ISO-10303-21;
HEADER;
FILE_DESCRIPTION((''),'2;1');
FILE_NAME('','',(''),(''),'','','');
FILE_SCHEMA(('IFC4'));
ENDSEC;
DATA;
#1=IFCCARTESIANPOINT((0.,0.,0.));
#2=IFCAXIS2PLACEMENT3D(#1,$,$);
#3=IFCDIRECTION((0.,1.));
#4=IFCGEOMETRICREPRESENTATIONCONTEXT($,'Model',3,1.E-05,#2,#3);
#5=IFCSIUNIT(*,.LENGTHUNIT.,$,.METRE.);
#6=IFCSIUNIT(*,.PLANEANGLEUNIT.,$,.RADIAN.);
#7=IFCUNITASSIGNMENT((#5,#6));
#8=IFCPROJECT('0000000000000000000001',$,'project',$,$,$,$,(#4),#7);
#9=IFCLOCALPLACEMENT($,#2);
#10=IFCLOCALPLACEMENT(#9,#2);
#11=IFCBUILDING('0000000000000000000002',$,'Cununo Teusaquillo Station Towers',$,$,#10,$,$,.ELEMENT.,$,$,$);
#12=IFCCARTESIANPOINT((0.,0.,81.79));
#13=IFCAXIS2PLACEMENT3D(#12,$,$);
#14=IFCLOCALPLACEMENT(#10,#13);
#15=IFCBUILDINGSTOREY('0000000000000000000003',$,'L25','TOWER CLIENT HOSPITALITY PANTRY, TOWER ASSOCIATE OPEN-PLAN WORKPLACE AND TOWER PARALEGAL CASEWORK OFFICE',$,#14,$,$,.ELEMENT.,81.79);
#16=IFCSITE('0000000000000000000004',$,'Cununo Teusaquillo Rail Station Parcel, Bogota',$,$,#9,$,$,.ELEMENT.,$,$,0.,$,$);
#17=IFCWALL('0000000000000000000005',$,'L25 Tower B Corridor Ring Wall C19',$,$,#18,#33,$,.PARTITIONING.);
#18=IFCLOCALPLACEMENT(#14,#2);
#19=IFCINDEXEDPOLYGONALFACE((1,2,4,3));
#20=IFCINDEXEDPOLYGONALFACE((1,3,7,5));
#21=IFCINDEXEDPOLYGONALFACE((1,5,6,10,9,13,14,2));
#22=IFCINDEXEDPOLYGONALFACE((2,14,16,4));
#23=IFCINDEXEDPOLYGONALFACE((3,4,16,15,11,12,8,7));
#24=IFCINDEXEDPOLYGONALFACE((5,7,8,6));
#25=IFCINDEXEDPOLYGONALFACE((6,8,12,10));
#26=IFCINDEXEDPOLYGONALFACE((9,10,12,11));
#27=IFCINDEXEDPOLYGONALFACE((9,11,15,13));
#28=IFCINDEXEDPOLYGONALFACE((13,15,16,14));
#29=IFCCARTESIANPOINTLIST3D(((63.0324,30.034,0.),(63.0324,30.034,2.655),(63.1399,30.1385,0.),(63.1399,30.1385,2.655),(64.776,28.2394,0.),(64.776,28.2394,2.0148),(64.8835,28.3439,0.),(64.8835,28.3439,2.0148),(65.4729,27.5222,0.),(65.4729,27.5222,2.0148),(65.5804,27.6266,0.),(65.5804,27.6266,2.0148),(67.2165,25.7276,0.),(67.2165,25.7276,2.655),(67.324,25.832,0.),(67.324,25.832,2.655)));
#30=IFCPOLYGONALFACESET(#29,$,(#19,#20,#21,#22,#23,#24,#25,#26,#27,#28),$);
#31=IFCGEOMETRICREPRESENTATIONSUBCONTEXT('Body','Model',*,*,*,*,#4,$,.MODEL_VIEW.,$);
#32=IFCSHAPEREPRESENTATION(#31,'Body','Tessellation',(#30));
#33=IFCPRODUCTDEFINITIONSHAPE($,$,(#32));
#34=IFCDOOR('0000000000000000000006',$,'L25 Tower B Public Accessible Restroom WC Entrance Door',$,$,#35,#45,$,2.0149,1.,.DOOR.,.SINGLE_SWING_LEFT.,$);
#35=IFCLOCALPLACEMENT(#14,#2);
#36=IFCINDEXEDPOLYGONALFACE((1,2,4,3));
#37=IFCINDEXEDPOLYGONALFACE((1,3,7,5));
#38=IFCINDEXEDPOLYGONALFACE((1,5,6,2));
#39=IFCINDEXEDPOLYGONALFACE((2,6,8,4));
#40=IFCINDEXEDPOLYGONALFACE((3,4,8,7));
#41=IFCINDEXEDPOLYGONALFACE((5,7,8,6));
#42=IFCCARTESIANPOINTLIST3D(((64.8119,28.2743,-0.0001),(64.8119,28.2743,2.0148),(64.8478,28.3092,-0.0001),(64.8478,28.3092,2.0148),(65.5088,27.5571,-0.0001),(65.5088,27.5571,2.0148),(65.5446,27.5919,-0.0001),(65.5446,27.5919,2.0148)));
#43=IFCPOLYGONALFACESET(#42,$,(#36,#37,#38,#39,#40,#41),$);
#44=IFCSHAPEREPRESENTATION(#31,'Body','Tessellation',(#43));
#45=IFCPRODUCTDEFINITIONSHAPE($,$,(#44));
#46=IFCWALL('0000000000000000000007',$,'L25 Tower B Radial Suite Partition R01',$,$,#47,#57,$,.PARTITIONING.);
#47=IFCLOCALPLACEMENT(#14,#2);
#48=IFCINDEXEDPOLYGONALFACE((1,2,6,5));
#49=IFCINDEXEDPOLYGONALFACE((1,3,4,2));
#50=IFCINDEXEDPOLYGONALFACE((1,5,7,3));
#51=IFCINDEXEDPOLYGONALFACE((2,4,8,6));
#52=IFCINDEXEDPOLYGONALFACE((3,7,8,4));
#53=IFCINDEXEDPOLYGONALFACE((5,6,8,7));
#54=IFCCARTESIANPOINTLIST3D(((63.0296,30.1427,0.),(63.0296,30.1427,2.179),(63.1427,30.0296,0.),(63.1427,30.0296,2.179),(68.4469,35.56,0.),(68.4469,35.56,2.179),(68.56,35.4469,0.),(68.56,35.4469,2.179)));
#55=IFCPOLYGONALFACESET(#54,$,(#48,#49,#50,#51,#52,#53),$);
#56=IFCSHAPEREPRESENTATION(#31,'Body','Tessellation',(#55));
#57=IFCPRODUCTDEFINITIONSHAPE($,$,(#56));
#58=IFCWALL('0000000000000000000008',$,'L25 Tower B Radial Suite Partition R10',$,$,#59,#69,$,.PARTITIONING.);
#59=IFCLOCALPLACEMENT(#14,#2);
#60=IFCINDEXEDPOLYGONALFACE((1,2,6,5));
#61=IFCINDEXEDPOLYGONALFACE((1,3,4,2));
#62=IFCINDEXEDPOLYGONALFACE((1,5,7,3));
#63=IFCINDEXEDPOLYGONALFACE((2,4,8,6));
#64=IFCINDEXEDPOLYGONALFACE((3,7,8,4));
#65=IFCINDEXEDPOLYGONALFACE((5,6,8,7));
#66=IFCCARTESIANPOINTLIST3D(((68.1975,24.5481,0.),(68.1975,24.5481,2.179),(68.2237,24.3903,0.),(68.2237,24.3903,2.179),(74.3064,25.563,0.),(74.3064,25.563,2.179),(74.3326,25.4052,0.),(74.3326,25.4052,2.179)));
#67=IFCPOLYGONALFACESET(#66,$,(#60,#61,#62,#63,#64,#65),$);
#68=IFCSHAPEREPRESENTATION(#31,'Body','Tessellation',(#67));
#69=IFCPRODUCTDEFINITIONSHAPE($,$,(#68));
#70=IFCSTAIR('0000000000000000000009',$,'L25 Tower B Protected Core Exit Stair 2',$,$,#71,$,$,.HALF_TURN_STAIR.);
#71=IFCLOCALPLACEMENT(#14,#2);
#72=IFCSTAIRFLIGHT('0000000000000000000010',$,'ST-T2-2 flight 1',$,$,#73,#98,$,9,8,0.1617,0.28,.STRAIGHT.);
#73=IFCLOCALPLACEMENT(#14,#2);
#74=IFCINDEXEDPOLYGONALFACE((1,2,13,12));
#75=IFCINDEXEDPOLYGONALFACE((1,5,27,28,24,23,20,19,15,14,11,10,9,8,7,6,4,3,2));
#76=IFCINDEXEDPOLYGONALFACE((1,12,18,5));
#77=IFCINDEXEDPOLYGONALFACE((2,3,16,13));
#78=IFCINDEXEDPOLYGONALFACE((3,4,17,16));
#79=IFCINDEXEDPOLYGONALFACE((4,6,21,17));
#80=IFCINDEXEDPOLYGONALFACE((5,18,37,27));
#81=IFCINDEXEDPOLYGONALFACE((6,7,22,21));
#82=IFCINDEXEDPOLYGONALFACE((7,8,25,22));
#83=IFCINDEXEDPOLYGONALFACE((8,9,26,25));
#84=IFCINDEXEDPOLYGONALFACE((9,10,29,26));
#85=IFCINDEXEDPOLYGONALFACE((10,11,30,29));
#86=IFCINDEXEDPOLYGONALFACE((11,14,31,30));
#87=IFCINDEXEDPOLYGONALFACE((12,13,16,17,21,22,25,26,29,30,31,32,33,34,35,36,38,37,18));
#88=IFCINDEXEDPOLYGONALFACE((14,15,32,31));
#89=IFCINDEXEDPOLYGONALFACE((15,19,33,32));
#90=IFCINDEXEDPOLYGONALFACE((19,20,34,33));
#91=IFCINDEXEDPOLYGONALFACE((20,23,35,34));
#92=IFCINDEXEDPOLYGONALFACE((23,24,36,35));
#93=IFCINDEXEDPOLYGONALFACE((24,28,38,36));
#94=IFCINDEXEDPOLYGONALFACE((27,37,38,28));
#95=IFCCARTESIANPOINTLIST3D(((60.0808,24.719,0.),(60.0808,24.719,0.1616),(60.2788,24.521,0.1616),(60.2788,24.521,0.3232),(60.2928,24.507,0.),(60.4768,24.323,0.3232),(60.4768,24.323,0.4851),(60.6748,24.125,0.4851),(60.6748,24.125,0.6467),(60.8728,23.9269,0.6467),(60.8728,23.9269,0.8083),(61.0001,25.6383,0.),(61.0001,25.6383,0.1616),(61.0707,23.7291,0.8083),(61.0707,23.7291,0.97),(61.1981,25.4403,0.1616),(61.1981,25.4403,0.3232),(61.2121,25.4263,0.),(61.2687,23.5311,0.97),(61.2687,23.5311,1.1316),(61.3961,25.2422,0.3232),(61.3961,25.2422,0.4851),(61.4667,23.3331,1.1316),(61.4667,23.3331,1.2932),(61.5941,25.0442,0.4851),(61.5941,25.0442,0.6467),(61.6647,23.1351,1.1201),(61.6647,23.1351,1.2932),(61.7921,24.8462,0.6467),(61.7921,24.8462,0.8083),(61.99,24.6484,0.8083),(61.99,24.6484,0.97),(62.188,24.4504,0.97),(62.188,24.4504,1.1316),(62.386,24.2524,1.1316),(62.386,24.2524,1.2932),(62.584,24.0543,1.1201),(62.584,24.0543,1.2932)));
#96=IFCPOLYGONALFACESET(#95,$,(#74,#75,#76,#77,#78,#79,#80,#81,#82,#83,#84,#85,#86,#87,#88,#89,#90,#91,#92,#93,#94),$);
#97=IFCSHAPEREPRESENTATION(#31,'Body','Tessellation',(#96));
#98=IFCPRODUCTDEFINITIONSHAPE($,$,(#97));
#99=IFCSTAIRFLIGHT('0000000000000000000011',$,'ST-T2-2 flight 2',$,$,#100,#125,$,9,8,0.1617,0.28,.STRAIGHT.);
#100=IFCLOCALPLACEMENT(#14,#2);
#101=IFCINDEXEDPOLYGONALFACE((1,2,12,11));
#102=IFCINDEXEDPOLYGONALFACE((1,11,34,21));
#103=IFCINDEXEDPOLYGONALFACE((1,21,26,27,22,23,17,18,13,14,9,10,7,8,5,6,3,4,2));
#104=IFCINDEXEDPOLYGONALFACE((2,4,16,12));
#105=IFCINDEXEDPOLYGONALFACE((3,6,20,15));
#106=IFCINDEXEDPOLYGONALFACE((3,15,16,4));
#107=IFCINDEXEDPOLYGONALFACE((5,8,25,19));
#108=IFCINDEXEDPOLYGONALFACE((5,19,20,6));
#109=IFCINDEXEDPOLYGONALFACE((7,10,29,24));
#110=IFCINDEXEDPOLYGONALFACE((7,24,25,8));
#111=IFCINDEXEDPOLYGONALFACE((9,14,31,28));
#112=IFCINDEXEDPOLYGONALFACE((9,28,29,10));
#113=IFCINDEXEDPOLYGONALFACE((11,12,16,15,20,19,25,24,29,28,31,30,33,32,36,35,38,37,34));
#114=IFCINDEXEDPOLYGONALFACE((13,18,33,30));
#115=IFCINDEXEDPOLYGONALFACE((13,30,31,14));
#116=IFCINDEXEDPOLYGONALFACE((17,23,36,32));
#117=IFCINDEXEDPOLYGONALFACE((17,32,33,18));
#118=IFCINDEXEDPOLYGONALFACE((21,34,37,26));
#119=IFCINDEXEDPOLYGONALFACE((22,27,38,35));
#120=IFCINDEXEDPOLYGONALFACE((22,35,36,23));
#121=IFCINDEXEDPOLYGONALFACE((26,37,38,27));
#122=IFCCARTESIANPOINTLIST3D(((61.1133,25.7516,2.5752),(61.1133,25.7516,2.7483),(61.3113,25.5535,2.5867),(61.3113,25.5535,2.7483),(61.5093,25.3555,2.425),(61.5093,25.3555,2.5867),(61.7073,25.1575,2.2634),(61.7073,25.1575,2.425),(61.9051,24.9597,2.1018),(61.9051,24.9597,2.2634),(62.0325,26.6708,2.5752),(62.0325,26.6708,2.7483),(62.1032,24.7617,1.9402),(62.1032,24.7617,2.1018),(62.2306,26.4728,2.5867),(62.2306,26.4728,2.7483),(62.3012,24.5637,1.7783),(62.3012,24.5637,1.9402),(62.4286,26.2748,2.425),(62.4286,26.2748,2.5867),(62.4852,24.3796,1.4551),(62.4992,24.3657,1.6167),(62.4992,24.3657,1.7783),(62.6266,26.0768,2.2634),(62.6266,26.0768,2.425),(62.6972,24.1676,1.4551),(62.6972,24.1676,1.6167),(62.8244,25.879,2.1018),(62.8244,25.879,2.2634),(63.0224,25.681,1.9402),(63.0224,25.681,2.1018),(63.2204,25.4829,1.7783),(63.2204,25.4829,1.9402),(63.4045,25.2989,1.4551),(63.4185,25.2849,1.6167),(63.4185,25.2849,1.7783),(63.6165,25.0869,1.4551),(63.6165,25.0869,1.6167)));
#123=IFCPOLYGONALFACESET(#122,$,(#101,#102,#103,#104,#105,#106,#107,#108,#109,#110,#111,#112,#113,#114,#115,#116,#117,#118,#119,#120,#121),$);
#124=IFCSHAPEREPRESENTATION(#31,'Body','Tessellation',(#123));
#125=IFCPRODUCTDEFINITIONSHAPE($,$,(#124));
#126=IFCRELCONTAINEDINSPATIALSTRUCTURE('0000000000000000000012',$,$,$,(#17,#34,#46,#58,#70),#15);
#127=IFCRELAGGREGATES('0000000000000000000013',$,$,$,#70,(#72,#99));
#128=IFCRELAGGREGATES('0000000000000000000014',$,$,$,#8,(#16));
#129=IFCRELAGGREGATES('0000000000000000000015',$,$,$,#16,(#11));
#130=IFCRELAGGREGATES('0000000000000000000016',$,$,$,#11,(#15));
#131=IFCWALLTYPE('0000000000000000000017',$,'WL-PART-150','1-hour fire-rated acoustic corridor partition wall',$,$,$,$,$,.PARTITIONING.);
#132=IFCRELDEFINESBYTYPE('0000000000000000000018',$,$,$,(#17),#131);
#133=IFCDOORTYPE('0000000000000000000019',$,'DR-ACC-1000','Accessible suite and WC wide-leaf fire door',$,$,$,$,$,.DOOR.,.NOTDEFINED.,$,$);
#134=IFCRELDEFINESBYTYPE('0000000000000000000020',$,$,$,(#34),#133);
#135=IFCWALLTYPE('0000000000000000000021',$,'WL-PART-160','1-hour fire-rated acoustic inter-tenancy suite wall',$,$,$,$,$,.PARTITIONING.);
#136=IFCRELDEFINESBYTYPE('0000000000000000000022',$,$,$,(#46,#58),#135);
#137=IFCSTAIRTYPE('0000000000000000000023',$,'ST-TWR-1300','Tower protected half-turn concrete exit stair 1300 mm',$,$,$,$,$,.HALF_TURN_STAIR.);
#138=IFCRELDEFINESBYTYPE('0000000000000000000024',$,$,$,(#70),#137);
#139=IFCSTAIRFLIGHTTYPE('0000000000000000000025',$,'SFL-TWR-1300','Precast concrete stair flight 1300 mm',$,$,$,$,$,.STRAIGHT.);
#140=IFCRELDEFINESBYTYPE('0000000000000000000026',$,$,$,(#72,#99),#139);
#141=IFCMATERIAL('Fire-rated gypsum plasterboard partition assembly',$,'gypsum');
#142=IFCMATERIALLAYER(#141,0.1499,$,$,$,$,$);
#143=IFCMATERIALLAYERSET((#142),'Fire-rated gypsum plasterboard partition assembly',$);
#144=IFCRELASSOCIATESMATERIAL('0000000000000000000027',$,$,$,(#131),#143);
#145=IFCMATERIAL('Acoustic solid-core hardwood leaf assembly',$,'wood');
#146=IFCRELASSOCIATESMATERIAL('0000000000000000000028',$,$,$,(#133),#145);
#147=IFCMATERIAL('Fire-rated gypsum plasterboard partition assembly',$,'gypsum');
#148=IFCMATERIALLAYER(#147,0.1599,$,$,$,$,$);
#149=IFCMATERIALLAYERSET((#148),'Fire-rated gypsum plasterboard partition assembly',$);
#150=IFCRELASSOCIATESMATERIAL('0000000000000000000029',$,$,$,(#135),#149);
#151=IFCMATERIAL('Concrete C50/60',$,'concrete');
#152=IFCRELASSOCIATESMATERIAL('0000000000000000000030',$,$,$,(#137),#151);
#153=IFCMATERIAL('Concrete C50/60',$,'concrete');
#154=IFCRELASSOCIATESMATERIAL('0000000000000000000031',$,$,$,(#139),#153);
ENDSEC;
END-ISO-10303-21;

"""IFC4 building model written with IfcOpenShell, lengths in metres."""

from ifc_helpers import new_model, si_unit, direction, frame, frame_2d, origin, place, context, subcontext, project, spatial, polyline, rectangle, outline, extrude, source, transform, mapped, material, layer, layer_set, type_object, element, fill, aggregate, save


model = new_model("IFC4")

# Units and contexts
model_context = context("Model", 3, precision=1e-05, world=origin(), true_north=direction((0.0, 1.0)))
body_context = subcontext(model_context, "Body", "Model", "MODEL_VIEW")
ifc_project = project(units=[si_unit("LENGTHUNIT", "METRE"), si_unit("PLANEANGLEUNIT", "RADIAN")], contexts=[model_context])

# Site, building, storey
site_placement = place(None, origin())
site = spatial("IfcSite", under=ifc_project, at=site_placement, Name="Cununo Teusaquillo Rail Station Parcel, Bogota", CompositionType="ELEMENT", RefElevation=0.0)
building_placement = place(site_placement, origin())
building = spatial("IfcBuilding", under=site, at=building_placement, Name="Cununo Teusaquillo Station Towers", CompositionType="ELEMENT")
storey_placement = place(building_placement, frame((0.0, 0.0, 81.79)))
storey = spatial("IfcBuildingStorey", under=building, at=storey_placement, Name="L25", Description="TOWER CLIENT HOSPITALITY PANTRY, TOWER ASSOCIATE OPEN-PLAN WORKPLACE AND TOWER PARALEGAL CASEWORK OFFICE", CompositionType="ELEMENT", Elevation=81.79)

# Shared definitions
ifc_material_1 = material(Name="Fire-rated gypsum plasterboard partition assembly", Category="gypsum")
ifc_layer_1 = layer(ifc_material_1, 0.1499)
ifc_layer_set_1 = layer_set([ifc_layer_1], Name="Fire-rated gypsum plasterboard partition assembly")
wall_type_1 = type_object("IfcWallType", Name="WL-PART-150", Description="1-hour fire-rated acoustic corridor partition wall", PredefinedType="PARTITIONING", material=ifc_layer_set_1)

# Wall, opening, door
wall_1_placement = place(storey_placement, frame((67.2703, 25.7798, 0.0), z_axis=(0.0, 0.0, 1.0), x_axis=(-0.696848, 0.717219, 0.0)))
wall_1 = element("IfcWall", 1, at=wall_1_placement, inside=storey, type_object=wall_type_1, Name="L25 Tower B Corridor Ring Wall C19", PredefinedType="PARTITIONING", context=body_context, shape_type="SweptSolid", body=[
    extrude(rectangle(XDim=6.0044, YDim=0.1499, at=frame_2d((3.0022, 0.0))), origin(), (0.0, 0.0, 1.0), 2.655),
])
shared_shape_1 = source(origin(), body_context, "Body", "SweptSolid", [
    extrude(rectangle(XDim=1.0, YDim=2.0149, at=frame_2d((0.5, 1.0073))), frame((0.0, 0.085, 0.0), z_axis=(0.0, -1.0, 0.0), x_axis=(1.0, 0.0, 0.0)), (0.0, 0.0, 1.0), 0.1699),
])
opening_1_placement = place(wall_1_placement, frame((2.5022, 0.0, 0.0)))
opening_1 = element("IfcOpeningElement", 2, at=opening_1_placement, cuts=wall_1, PredefinedType="OPENING", context=body_context, shape_type="MappedRepresentation", body=[
    mapped(shared_shape_1, transform((0.0, 0.0, 0.0), x_axis=(1.0, 0.0, 0.0), y_axis=(0.0, 1.0, 0.0), z_axis=(0.0, 0.0, 1.0), scale=1.0)),
])
ifc_material_2 = material(Name="Acoustic solid-core hardwood leaf assembly", Category="wood")
door_type = type_object("IfcDoorType", Name="DR-ACC-1000", Description="Accessible suite and WC wide-leaf fire door", OperationType="NOTDEFINED", PredefinedType="DOOR", material=ifc_material_2)
shared_shape_2 = source(origin(), body_context, "Body", "SweptSolid", [
    extrude(rectangle(XDim=1.0, YDim=2.0149, at=frame_2d((0.5, 1.0073))), frame((0.0, 0.0249, 0.0), z_axis=(0.0, -1.0, 0.0), x_axis=(1.0, 0.0, 0.0)), (0.0, 0.0, 1.0), 0.05),
])
door_placement = place(opening_1_placement, origin())
door = element("IfcDoor", 3, at=door_placement, inside=storey, type_object=door_type, Name="L25 Tower B Public Accessible Restroom WC Entrance Door", OperationType="SINGLE_SWING_LEFT", OverallHeight=2.0149, OverallWidth=1.0, PredefinedType="DOOR", context=body_context, shape_type="MappedRepresentation", body=[
    mapped(shared_shape_2, transform((0.0, 0.0, 0.0), x_axis=(1.0, 0.0, 0.0), y_axis=(0.0, 1.0, 0.0), z_axis=(0.0, 0.0, 1.0), scale=1.0)),
])
fill(opening_1, door)

# Walls
ifc_material_3 = material(Name="Fire-rated gypsum plasterboard partition assembly", Category="gypsum")
ifc_layer_2 = layer(ifc_material_3, 0.1599)
ifc_layer_set_2 = layer_set([ifc_layer_2], Name="Fire-rated gypsum plasterboard partition assembly")
wall_type_2 = type_object("IfcWallType", Name="WL-PART-160", Description="1-hour fire-rated acoustic inter-tenancy suite wall", PredefinedType="PARTITIONING", material=ifc_layer_set_2)
wall_2_placement = place(storey_placement, frame((63.0862, 30.0862, 0.0), z_axis=(0.0, 0.0, 1.0), x_axis=(0.707107, 0.707107, 0.0)))
element("IfcWall", 4, at=wall_2_placement, inside=storey, type_object=wall_type_2, Name="L25 Tower B Radial Suite Partition R01", PredefinedType="PARTITIONING", context=body_context, shape_type="SweptSolid", body=[
    extrude(rectangle(XDim=7.6611, YDim=0.1599, at=frame_2d((3.8306, 0.0))), origin(), (0.0, 0.0, 1.0), 2.179),
])
wall_3_placement = place(storey_placement, frame((68.2107, 24.4692, 0.0), z_axis=(0.0, 0.0, 1.0), x_axis=(0.986479, 0.163888, 0.0)))
element("IfcWall", 5, at=wall_3_placement, inside=storey, type_object=wall_type_2, Name="L25 Tower B Radial Suite Partition R10", PredefinedType="PARTITIONING", context=body_context, shape_type="SweptSolid", body=[
    extrude(rectangle(XDim=6.1926, YDim=0.1599, at=frame_2d((3.0962, 0.0))), origin(), (0.0, 0.0, 1.0), 2.179),
])

# Stair, stair flights
ifc_material_4 = material(Name="Concrete C50/60", Category="concrete")
stair_type = type_object("IfcStairType", Name="ST-TWR-1300", Description="Tower protected half-turn concrete exit stair 1300 mm", PredefinedType="HALF_TURN_STAIR", material=ifc_material_4)
stair_placement = place(storey_placement, origin())
stair = element("IfcStair", 6, at=stair_placement, inside=storey, type_object=stair_type, Name="L25 Tower B Protected Core Exit Stair 2", PredefinedType="HALF_TURN_STAIR")
ifc_material_5 = material(Name="Concrete C50/60", Category="concrete")
stair_flight_type = type_object("IfcStairFlightType", Name="SFL-TWR-1300", Description="Precast concrete stair flight 1300 mm", PredefinedType="STRAIGHT", material=ifc_material_5)
stair_flight_1_placement = place(storey_placement, frame((60.5405, 25.1787, 0.0), z_axis=(0.0, 0.0, 1.0), x_axis=(0.707107, -0.707107, 0.0)))
stair_flight_1 = element("IfcStairFlight", 7, at=stair_flight_1_placement, type_object=stair_flight_type, Name="ST-T2-2 flight 1", NumberOfRisers=9, NumberOfTreads=8, PredefinedType="STRAIGHT", RiserHeight=0.1617, TreadLength=0.28, context=body_context, shape_type="SweptSolid", body=[
    extrude(outline(polyline([(0.0, 0.0), (0.0, 0.1616), (0.28, 0.1616), (0.28, 0.3232), (0.5601, 0.3232), (0.5601, 0.4851), (0.8401, 0.4851), (0.8401, 0.6467), (1.1201, 0.6467), (1.1201, 0.8083), (1.3999, 0.8083), (1.3999, 0.97), (1.6799, 0.97), (1.6799, 1.1316), (1.96, 1.1316), (1.96, 1.2932), (2.24, 1.2932), (2.24, 1.4551), (2.24, 1.1201), (0.2998, 0.0), (0.0, 0.0)])), frame((0.0, 0.6499, 0.0), z_axis=(0.0, -1.0, 0.0), x_axis=(1.0, 0.0, 0.0)), (0.0, 0.0, 1.0), 1.3),
])
stair_flight_2_placement = place(storey_placement, frame((63.1567, 24.6272, 1.4551), z_axis=(0.0, 0.0, 1.0), x_axis=(-0.707107, 0.707107, 0.0)))
stair_flight_2 = element("IfcStairFlight", 8, at=stair_flight_2_placement, type_object=stair_flight_type, Name="ST-T2-2 flight 2", NumberOfRisers=9, NumberOfTreads=8, PredefinedType="STRAIGHT", RiserHeight=0.1617, TreadLength=0.28, context=body_context, shape_type="SweptSolid", body=[
    extrude(outline(polyline([(0.0, 0.0), (0.0, 0.1616), (0.28, 0.1616), (0.28, 0.3232), (0.5601, 0.3232), (0.5601, 0.4851), (0.8401, 0.4851), (0.8401, 0.6467), (1.1201, 0.6467), (1.1201, 0.8083), (1.3999, 0.8083), (1.3999, 0.97), (1.6799, 0.97), (1.6799, 1.1316), (1.96, 1.1316), (1.96, 1.2932), (2.24, 1.2932), (2.24, 1.4551), (2.24, 1.1201), (0.2998, 0.0), (0.0, 0.0)])), frame((0.0, 0.6499, 0.0), z_axis=(0.0, -1.0, 0.0), x_axis=(1.0, 0.0, 0.0)), (0.0, 0.0, 1.0), 1.3),
])
aggregate(stair, [stair_flight_1, stair_flight_2])

save(model, "model.ifc")
